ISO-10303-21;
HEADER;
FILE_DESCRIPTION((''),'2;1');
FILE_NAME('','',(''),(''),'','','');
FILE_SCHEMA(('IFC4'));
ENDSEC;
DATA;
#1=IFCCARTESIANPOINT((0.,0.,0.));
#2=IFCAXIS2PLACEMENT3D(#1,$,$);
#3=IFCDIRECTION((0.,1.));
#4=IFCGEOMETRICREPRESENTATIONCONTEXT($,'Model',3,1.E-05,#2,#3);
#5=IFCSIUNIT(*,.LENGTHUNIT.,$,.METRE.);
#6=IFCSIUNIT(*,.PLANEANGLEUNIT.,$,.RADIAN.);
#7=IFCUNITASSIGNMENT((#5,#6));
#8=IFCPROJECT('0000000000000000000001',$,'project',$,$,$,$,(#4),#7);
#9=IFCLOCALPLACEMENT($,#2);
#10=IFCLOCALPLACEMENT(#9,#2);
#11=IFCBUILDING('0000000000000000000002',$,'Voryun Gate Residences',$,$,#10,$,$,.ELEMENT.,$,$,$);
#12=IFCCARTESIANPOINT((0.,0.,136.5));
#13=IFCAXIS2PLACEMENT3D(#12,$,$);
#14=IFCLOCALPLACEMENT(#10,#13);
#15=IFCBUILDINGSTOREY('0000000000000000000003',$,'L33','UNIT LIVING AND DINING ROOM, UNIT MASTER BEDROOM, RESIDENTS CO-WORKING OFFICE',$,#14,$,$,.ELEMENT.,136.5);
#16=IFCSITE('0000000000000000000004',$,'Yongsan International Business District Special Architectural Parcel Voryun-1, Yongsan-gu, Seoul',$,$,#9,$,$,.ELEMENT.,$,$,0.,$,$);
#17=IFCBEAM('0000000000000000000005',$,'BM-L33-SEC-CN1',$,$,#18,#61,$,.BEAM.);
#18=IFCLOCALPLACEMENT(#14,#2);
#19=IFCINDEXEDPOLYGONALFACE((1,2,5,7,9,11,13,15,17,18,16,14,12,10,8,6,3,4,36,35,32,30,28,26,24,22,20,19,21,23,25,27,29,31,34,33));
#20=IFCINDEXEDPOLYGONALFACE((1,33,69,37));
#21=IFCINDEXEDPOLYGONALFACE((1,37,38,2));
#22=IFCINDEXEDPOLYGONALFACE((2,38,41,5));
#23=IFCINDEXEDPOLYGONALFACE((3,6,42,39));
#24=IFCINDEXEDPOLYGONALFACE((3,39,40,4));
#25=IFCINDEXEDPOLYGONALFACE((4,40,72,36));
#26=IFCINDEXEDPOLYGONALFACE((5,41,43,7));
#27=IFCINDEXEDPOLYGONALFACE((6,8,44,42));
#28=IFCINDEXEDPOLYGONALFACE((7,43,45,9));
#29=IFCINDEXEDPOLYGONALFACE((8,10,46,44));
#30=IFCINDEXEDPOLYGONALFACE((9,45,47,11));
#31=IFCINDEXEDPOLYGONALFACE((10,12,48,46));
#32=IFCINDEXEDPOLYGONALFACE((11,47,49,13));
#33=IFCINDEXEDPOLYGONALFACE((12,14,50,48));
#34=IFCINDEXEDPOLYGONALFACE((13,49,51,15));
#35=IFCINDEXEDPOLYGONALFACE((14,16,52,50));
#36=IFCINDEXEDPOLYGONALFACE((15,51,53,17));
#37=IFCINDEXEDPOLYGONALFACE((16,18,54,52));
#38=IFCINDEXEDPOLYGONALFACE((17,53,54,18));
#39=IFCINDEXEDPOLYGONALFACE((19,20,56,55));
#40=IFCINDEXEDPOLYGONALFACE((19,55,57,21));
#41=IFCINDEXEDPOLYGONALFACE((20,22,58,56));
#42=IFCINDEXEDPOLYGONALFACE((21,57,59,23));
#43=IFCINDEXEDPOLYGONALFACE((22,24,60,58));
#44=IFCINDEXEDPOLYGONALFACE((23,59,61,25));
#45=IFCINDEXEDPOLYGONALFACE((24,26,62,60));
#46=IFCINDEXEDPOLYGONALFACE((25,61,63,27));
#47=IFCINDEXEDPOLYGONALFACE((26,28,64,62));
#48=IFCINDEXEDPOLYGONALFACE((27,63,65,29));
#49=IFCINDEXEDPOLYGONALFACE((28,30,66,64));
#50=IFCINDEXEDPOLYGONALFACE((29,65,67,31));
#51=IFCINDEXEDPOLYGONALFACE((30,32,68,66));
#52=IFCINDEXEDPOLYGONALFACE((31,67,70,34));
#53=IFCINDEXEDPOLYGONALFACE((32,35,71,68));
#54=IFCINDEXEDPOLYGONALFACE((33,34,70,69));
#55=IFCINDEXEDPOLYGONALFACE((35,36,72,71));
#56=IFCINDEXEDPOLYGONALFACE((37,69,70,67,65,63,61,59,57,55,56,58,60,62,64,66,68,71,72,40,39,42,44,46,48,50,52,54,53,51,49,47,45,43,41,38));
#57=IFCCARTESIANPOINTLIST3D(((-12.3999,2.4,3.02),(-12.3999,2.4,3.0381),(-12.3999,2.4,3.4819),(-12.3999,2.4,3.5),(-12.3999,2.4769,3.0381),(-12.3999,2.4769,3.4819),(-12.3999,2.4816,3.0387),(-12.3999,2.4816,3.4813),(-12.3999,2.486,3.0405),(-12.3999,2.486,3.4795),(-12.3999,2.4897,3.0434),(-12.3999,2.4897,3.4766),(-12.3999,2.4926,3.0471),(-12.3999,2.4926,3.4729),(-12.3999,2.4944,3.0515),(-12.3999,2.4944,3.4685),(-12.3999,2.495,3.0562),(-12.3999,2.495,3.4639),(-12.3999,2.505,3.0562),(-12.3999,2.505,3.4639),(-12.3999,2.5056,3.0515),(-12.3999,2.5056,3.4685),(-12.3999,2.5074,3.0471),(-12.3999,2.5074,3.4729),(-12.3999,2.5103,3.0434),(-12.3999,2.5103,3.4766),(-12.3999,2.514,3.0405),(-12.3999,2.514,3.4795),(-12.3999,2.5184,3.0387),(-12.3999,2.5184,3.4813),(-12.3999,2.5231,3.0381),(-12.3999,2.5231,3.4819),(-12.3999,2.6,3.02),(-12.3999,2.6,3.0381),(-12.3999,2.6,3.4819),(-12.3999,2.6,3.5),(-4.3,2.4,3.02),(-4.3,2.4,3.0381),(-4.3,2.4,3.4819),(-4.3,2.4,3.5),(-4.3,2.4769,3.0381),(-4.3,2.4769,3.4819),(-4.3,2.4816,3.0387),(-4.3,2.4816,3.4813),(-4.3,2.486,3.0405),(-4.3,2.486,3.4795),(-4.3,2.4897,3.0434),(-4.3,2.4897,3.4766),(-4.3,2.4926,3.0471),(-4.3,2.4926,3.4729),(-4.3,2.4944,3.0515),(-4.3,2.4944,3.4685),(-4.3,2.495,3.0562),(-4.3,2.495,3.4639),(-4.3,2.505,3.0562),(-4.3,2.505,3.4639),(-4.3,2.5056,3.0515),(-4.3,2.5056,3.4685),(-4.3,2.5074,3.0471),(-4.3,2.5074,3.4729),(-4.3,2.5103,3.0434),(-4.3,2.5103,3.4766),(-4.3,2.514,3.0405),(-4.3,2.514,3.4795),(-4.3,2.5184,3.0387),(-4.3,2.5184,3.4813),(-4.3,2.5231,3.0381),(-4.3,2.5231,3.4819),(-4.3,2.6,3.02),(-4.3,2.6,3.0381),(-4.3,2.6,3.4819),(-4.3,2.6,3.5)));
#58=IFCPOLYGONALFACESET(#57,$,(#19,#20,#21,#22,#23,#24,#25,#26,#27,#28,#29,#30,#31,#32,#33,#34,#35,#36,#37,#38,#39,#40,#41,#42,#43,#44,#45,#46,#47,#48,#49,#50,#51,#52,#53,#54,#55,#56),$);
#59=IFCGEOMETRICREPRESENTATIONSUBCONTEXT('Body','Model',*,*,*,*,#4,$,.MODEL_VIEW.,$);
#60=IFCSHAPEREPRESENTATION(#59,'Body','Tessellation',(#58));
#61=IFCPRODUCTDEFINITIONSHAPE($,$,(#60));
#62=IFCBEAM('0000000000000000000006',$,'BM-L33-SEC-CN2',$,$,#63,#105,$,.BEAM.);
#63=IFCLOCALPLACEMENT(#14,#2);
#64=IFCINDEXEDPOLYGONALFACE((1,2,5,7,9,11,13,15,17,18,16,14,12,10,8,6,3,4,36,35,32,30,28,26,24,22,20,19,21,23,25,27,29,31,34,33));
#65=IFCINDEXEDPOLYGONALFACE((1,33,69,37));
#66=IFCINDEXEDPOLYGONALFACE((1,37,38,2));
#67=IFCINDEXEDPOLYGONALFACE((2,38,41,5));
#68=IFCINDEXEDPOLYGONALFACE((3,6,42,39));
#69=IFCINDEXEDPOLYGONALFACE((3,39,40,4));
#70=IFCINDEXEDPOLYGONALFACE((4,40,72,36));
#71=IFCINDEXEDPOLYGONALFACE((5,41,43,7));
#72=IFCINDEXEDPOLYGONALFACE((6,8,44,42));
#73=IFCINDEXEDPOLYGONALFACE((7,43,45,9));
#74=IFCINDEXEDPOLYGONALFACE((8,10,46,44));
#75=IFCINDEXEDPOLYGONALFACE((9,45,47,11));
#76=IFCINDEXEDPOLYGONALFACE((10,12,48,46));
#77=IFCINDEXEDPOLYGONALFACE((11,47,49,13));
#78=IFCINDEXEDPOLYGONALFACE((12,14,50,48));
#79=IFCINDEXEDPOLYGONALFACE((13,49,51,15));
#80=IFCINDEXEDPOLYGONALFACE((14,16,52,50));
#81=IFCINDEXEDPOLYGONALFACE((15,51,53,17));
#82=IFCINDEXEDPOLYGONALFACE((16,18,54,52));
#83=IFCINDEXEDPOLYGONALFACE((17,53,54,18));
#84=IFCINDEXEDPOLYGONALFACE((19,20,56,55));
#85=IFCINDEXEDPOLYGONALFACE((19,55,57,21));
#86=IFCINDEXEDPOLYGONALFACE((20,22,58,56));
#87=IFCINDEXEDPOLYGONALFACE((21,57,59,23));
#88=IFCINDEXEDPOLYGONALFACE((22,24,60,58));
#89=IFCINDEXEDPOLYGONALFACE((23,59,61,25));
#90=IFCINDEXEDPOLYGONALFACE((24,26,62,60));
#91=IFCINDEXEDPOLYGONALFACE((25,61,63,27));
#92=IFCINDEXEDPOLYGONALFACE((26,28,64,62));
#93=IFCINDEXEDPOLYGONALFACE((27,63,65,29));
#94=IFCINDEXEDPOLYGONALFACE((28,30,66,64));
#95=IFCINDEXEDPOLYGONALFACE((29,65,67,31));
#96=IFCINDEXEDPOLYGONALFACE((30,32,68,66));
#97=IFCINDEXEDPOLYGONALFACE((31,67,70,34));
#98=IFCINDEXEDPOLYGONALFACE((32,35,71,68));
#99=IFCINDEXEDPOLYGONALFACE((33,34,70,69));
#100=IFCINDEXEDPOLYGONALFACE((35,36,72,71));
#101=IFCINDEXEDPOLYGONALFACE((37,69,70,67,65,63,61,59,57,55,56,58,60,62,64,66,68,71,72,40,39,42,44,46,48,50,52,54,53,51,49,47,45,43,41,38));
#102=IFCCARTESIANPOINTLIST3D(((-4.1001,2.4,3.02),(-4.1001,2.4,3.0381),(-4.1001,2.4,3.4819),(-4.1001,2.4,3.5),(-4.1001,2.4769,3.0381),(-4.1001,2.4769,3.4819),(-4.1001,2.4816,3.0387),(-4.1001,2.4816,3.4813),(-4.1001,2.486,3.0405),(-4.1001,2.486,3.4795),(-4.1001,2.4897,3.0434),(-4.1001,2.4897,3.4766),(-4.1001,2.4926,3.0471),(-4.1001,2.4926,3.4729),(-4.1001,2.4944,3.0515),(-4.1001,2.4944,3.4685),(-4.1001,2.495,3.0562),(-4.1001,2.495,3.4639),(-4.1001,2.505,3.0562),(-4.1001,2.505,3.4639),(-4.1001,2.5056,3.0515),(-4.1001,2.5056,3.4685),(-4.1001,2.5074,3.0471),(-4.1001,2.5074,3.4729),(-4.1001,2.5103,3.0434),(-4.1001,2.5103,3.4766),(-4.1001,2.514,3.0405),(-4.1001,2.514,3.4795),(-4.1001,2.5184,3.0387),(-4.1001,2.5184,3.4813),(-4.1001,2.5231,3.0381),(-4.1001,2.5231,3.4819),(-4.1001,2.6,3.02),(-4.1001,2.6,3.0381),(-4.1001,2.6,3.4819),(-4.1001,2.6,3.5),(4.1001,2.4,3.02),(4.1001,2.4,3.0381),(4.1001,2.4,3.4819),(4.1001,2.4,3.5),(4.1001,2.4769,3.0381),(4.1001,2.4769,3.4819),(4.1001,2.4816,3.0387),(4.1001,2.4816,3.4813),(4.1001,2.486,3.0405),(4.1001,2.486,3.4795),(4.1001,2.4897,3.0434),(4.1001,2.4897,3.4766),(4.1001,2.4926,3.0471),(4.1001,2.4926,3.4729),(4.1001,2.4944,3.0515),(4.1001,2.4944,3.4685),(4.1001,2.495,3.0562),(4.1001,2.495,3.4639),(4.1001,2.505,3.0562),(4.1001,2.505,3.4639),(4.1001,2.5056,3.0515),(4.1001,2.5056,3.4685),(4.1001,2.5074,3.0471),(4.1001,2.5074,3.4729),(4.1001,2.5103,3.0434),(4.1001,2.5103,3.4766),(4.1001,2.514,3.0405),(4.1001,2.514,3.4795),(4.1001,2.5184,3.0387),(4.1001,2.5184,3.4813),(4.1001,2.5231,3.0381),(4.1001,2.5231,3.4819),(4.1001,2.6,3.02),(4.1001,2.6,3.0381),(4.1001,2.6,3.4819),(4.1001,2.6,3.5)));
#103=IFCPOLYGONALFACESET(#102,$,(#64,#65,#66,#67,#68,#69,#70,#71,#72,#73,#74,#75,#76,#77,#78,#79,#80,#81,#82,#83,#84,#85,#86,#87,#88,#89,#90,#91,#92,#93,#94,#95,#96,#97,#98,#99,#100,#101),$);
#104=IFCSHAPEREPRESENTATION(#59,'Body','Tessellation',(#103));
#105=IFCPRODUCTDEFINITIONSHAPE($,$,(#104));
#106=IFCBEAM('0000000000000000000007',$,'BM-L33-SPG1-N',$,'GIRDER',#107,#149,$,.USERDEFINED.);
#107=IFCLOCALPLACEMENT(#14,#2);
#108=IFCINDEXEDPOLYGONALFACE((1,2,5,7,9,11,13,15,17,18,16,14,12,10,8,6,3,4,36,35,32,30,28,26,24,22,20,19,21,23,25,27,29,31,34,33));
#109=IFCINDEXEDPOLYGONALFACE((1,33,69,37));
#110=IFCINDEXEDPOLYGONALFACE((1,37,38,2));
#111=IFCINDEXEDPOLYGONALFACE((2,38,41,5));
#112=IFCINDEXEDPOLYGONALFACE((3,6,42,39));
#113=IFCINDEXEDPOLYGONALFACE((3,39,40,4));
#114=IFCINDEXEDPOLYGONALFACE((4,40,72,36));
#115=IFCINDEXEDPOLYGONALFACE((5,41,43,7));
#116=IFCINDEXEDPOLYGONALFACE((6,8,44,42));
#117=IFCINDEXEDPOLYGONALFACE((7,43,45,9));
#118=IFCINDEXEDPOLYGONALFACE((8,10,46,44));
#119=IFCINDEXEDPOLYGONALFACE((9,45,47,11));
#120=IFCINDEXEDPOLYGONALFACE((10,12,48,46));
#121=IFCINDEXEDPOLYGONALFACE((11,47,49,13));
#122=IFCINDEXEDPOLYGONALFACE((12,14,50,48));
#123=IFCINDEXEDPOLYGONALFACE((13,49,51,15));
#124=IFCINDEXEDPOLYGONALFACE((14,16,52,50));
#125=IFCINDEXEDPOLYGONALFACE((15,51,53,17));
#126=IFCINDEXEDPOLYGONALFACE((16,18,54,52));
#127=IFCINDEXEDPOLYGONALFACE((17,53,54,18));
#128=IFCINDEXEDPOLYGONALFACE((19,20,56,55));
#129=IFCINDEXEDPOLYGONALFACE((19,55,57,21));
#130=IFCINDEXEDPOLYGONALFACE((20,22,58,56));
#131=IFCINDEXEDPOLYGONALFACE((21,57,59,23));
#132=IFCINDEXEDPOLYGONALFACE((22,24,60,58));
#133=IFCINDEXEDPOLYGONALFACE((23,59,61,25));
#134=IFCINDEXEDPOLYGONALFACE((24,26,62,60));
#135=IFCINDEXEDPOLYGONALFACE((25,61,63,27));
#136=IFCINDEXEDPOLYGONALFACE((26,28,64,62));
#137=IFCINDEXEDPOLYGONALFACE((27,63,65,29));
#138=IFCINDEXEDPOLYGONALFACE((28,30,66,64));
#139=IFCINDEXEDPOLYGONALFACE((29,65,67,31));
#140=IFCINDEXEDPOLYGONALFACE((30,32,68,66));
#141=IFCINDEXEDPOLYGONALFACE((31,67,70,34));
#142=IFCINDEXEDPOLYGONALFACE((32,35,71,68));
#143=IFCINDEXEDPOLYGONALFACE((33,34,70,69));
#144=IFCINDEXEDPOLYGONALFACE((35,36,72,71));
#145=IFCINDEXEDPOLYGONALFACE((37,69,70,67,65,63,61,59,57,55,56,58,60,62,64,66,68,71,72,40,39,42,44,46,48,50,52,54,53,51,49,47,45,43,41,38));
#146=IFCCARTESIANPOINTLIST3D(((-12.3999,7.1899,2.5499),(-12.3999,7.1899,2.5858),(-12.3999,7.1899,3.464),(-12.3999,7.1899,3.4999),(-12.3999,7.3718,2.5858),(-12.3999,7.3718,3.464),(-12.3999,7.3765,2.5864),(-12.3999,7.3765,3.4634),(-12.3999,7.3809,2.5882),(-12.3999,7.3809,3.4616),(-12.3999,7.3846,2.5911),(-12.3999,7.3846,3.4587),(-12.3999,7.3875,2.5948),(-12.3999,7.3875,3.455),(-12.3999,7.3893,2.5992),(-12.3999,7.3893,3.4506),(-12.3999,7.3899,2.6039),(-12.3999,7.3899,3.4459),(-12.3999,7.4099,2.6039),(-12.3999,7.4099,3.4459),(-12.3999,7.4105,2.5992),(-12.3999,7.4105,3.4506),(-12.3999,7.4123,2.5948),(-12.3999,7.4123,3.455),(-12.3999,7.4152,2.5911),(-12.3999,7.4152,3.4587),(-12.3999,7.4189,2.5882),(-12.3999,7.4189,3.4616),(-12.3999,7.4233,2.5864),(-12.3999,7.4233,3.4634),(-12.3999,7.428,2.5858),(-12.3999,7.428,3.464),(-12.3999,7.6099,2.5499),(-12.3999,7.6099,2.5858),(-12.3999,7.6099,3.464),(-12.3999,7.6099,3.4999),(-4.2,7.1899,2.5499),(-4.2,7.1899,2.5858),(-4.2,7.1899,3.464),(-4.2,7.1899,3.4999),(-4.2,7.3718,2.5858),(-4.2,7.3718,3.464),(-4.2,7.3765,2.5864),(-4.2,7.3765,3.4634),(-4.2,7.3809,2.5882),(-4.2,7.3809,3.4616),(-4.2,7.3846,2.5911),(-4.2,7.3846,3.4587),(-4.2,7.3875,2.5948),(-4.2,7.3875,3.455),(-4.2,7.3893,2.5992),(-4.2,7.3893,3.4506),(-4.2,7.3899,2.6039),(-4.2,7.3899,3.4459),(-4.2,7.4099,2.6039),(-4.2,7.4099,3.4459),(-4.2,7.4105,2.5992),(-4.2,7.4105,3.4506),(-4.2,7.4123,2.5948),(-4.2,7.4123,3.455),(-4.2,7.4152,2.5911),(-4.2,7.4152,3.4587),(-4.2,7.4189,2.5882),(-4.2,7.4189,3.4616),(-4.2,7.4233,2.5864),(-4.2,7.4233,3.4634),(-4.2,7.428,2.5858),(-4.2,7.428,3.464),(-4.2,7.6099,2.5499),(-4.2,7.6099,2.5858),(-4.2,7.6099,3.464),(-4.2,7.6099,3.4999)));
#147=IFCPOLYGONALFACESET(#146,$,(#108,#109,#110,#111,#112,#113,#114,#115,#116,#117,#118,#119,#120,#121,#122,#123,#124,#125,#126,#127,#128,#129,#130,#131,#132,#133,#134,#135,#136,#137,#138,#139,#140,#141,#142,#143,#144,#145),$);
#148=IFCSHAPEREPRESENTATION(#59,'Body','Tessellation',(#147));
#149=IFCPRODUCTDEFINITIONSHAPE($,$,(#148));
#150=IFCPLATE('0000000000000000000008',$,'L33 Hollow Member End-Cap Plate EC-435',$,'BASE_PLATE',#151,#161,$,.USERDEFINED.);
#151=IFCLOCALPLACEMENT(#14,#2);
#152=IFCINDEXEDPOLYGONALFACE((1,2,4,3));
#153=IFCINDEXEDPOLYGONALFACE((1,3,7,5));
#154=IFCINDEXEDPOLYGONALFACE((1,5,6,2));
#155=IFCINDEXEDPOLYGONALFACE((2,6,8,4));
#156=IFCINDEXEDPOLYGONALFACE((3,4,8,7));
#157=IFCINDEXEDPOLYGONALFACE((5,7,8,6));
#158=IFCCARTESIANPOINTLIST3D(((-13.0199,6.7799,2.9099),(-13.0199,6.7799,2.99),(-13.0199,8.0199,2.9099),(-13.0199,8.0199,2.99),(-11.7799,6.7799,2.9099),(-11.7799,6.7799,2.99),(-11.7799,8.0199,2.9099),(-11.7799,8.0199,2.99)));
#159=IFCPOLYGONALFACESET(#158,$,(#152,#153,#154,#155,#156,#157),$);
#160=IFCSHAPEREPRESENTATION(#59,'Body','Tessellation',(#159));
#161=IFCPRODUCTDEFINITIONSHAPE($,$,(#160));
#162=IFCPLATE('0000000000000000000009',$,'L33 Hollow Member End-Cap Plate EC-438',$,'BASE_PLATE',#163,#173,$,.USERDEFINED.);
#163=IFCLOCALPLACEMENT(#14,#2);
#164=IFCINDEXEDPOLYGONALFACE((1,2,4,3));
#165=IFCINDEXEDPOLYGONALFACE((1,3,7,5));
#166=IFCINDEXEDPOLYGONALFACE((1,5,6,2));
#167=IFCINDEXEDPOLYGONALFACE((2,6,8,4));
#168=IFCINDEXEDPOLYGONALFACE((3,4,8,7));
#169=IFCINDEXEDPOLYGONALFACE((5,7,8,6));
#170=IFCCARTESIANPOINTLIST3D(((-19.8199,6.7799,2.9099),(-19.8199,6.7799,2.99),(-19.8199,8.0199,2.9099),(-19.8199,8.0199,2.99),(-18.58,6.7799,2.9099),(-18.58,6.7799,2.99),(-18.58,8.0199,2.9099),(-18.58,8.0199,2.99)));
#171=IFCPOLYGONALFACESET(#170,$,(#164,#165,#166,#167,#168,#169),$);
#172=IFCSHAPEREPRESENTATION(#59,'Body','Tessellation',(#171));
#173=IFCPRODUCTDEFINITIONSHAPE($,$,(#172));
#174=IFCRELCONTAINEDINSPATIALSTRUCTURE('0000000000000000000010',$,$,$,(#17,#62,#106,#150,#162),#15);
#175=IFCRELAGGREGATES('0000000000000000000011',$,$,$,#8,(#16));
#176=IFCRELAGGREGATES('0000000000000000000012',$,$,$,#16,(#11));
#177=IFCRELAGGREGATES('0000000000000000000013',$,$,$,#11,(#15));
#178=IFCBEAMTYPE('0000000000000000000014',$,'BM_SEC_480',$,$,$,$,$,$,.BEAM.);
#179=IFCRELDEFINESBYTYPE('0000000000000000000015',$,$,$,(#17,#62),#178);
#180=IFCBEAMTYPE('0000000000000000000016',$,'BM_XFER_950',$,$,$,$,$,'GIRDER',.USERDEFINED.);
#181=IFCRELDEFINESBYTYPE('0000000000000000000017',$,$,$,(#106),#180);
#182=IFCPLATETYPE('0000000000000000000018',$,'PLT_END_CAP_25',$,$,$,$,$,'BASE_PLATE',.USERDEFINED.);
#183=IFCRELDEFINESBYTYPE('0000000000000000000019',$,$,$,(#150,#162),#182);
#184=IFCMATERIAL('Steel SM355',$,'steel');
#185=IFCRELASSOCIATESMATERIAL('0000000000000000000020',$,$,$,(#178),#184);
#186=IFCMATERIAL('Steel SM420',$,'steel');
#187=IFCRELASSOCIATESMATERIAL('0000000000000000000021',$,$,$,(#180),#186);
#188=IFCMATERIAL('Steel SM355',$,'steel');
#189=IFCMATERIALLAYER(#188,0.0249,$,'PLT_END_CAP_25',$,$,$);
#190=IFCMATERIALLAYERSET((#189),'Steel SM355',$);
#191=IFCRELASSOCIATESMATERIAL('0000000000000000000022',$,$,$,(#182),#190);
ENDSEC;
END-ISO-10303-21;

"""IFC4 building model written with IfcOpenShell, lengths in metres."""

from ifc_helpers import new_model, si_unit, direction, frame, origin, origin_2d, place, context, subcontext, project, spatial, rectangle, i_section, extrude, material, layer, layer_set, material_profile, profile_set, type_object, element, save


model = new_model("IFC4")

# Units and contexts
model_context = context("Model", 3, precision=1e-05, world=origin(), true_north=direction((0.0, 1.0)))
body_context = subcontext(model_context, "Body", "Model", "MODEL_VIEW")
ifc_project = project(units=[si_unit("LENGTHUNIT", "METRE"), si_unit("PLANEANGLEUNIT", "RADIAN")], contexts=[model_context])

# Site, building, storey
site_placement = place(None, origin())
site = spatial("IfcSite", under=ifc_project, at=site_placement, Name="Yongsan International Business District Special Architectural Parcel Voryun-1, Yongsan-gu, Seoul", CompositionType="ELEMENT", RefElevation=0.0)
building_placement = place(site_placement, origin())
building = spatial("IfcBuilding", under=site, at=building_placement, Name="Voryun Gate Residences", CompositionType="ELEMENT")
storey_placement = place(building_placement, frame((0.0, 0.0, 136.5)))
storey = spatial("IfcBuildingStorey", under=building, at=storey_placement, Name="L33", Description="UNIT LIVING AND DINING ROOM, UNIT MASTER BEDROOM, RESIDENTS CO-WORKING OFFICE", CompositionType="ELEMENT", Elevation=136.5)

# Beams
ifc_material_1 = material(Name="Steel SM355", Category="steel")
ifc_material_profile_1 = material_profile(ifc_material_1, i_section(OverallWidth=0.2, OverallDepth=0.48, WebThickness=0.01, FlangeThickness=0.0181, FilletRadius=0.0181, at=origin_2d()), Name="H-480x200x10x18")
ifc_profile_set_1 = profile_set([ifc_material_profile_1], Name="Steel SM355")
beam_type_1 = type_object("IfcBeamType", Name="BM_SEC_480", PredefinedType="BEAM", material=ifc_profile_set_1)
beam_1_placement = place(storey_placement, frame((-12.3999, 2.5, 3.26), z_axis=(1.0, 0.0, 0.0), x_axis=(0.0, 1.0, 0.0)))
element("IfcBeam", 1, at=beam_1_placement, inside=storey, type_object=beam_type_1, Name="BM-L33-SEC-CN1", PredefinedType="BEAM", context=body_context, shape_type="SweptSolid", body=[
    extrude(i_section(OverallWidth=0.2, OverallDepth=0.48, WebThickness=0.01, FlangeThickness=0.0181, FilletRadius=0.0181, at=origin_2d()), origin(), (0.0, 0.0, 1.0), 8.0999),
])
beam_2_placement = place(storey_placement, frame((-4.1001, 2.5, 3.26), z_axis=(1.0, 0.0, 0.0), x_axis=(0.0, 1.0, 0.0)))
element("IfcBeam", 2, at=beam_2_placement, inside=storey, type_object=beam_type_1, Name="BM-L33-SEC-CN2", PredefinedType="BEAM", context=body_context, shape_type="SweptSolid", body=[
    extrude(i_section(OverallWidth=0.2, OverallDepth=0.48, WebThickness=0.01, FlangeThickness=0.0181, FilletRadius=0.0181, at=origin_2d()), origin(), (0.0, 0.0, 1.0), 8.2002),
])
ifc_material_2 = material(Name="Steel SM420", Category="steel")
ifc_material_profile_2 = material_profile(ifc_material_2, i_section(OverallWidth=0.4199, OverallDepth=0.95, WebThickness=0.02, FlangeThickness=0.0359, FilletRadius=0.0181, at=origin_2d()), Name="H-950x420x20x36")
ifc_profile_set_2 = profile_set([ifc_material_profile_2], Name="Steel SM420")
beam_type_2 = type_object("IfcBeamType", Name="BM_XFER_950", ElementType="GIRDER", PredefinedType="USERDEFINED", material=ifc_profile_set_2)
beam_3_placement = place(storey_placement, frame((-12.3999, 7.3999, 3.0249), z_axis=(1.0, 0.0, 0.0), x_axis=(0.0, 1.0, 0.0)))
element("IfcBeam", 3, at=beam_3_placement, inside=storey, type_object=beam_type_2, Name="BM-L33-SPG1-N", ObjectType="GIRDER", PredefinedType="USERDEFINED", context=body_context, shape_type="SweptSolid", body=[
    extrude(i_section(OverallWidth=0.4199, OverallDepth=0.95, WebThickness=0.02, FlangeThickness=0.0359, FilletRadius=0.0181, at=origin_2d()), origin(), (0.0, 0.0, 1.0), 8.2),
])

# Plates
ifc_material_3 = material(Name="Steel SM355", Category="steel")
ifc_layer_1 = layer(ifc_material_3, 0.0249, Name="PLT_END_CAP_25")
ifc_layer_set_1 = layer_set([ifc_layer_1], Name="Steel SM355")
plate_type = type_object("IfcPlateType", Name="PLT_END_CAP_25", ElementType="BASE_PLATE", PredefinedType="USERDEFINED", material=ifc_layer_set_1)
for number, where, z_axis, x_axis, name in (
    (4, (-12.3999, 7.3999, 2.9099), (0.0, 0.0, 1.0), (1.0, 0.0, 0.0), "L33 Hollow Member End-Cap Plate EC-435"),
    (5, (-19.2, 7.3999, 2.9099), (0.0, 0.0, 1.0), (1.0, 0.0, 0.0), "L33 Hollow Member End-Cap Plate EC-438"),
):
    element("IfcPlate", number, at=place(storey_placement, frame(where, z_axis=z_axis, x_axis=x_axis)), inside=storey, type_object=plate_type, Name=name, ObjectType="BASE_PLATE", PredefinedType="USERDEFINED", context=body_context, shape_type="SweptSolid", body=[
        extrude(rectangle(XDim=1.24, YDim=1.24, at=origin_2d()), origin(), (0.0, 0.0, 1.0), 0.0801),
    ])

save(model, "model.ifc")
